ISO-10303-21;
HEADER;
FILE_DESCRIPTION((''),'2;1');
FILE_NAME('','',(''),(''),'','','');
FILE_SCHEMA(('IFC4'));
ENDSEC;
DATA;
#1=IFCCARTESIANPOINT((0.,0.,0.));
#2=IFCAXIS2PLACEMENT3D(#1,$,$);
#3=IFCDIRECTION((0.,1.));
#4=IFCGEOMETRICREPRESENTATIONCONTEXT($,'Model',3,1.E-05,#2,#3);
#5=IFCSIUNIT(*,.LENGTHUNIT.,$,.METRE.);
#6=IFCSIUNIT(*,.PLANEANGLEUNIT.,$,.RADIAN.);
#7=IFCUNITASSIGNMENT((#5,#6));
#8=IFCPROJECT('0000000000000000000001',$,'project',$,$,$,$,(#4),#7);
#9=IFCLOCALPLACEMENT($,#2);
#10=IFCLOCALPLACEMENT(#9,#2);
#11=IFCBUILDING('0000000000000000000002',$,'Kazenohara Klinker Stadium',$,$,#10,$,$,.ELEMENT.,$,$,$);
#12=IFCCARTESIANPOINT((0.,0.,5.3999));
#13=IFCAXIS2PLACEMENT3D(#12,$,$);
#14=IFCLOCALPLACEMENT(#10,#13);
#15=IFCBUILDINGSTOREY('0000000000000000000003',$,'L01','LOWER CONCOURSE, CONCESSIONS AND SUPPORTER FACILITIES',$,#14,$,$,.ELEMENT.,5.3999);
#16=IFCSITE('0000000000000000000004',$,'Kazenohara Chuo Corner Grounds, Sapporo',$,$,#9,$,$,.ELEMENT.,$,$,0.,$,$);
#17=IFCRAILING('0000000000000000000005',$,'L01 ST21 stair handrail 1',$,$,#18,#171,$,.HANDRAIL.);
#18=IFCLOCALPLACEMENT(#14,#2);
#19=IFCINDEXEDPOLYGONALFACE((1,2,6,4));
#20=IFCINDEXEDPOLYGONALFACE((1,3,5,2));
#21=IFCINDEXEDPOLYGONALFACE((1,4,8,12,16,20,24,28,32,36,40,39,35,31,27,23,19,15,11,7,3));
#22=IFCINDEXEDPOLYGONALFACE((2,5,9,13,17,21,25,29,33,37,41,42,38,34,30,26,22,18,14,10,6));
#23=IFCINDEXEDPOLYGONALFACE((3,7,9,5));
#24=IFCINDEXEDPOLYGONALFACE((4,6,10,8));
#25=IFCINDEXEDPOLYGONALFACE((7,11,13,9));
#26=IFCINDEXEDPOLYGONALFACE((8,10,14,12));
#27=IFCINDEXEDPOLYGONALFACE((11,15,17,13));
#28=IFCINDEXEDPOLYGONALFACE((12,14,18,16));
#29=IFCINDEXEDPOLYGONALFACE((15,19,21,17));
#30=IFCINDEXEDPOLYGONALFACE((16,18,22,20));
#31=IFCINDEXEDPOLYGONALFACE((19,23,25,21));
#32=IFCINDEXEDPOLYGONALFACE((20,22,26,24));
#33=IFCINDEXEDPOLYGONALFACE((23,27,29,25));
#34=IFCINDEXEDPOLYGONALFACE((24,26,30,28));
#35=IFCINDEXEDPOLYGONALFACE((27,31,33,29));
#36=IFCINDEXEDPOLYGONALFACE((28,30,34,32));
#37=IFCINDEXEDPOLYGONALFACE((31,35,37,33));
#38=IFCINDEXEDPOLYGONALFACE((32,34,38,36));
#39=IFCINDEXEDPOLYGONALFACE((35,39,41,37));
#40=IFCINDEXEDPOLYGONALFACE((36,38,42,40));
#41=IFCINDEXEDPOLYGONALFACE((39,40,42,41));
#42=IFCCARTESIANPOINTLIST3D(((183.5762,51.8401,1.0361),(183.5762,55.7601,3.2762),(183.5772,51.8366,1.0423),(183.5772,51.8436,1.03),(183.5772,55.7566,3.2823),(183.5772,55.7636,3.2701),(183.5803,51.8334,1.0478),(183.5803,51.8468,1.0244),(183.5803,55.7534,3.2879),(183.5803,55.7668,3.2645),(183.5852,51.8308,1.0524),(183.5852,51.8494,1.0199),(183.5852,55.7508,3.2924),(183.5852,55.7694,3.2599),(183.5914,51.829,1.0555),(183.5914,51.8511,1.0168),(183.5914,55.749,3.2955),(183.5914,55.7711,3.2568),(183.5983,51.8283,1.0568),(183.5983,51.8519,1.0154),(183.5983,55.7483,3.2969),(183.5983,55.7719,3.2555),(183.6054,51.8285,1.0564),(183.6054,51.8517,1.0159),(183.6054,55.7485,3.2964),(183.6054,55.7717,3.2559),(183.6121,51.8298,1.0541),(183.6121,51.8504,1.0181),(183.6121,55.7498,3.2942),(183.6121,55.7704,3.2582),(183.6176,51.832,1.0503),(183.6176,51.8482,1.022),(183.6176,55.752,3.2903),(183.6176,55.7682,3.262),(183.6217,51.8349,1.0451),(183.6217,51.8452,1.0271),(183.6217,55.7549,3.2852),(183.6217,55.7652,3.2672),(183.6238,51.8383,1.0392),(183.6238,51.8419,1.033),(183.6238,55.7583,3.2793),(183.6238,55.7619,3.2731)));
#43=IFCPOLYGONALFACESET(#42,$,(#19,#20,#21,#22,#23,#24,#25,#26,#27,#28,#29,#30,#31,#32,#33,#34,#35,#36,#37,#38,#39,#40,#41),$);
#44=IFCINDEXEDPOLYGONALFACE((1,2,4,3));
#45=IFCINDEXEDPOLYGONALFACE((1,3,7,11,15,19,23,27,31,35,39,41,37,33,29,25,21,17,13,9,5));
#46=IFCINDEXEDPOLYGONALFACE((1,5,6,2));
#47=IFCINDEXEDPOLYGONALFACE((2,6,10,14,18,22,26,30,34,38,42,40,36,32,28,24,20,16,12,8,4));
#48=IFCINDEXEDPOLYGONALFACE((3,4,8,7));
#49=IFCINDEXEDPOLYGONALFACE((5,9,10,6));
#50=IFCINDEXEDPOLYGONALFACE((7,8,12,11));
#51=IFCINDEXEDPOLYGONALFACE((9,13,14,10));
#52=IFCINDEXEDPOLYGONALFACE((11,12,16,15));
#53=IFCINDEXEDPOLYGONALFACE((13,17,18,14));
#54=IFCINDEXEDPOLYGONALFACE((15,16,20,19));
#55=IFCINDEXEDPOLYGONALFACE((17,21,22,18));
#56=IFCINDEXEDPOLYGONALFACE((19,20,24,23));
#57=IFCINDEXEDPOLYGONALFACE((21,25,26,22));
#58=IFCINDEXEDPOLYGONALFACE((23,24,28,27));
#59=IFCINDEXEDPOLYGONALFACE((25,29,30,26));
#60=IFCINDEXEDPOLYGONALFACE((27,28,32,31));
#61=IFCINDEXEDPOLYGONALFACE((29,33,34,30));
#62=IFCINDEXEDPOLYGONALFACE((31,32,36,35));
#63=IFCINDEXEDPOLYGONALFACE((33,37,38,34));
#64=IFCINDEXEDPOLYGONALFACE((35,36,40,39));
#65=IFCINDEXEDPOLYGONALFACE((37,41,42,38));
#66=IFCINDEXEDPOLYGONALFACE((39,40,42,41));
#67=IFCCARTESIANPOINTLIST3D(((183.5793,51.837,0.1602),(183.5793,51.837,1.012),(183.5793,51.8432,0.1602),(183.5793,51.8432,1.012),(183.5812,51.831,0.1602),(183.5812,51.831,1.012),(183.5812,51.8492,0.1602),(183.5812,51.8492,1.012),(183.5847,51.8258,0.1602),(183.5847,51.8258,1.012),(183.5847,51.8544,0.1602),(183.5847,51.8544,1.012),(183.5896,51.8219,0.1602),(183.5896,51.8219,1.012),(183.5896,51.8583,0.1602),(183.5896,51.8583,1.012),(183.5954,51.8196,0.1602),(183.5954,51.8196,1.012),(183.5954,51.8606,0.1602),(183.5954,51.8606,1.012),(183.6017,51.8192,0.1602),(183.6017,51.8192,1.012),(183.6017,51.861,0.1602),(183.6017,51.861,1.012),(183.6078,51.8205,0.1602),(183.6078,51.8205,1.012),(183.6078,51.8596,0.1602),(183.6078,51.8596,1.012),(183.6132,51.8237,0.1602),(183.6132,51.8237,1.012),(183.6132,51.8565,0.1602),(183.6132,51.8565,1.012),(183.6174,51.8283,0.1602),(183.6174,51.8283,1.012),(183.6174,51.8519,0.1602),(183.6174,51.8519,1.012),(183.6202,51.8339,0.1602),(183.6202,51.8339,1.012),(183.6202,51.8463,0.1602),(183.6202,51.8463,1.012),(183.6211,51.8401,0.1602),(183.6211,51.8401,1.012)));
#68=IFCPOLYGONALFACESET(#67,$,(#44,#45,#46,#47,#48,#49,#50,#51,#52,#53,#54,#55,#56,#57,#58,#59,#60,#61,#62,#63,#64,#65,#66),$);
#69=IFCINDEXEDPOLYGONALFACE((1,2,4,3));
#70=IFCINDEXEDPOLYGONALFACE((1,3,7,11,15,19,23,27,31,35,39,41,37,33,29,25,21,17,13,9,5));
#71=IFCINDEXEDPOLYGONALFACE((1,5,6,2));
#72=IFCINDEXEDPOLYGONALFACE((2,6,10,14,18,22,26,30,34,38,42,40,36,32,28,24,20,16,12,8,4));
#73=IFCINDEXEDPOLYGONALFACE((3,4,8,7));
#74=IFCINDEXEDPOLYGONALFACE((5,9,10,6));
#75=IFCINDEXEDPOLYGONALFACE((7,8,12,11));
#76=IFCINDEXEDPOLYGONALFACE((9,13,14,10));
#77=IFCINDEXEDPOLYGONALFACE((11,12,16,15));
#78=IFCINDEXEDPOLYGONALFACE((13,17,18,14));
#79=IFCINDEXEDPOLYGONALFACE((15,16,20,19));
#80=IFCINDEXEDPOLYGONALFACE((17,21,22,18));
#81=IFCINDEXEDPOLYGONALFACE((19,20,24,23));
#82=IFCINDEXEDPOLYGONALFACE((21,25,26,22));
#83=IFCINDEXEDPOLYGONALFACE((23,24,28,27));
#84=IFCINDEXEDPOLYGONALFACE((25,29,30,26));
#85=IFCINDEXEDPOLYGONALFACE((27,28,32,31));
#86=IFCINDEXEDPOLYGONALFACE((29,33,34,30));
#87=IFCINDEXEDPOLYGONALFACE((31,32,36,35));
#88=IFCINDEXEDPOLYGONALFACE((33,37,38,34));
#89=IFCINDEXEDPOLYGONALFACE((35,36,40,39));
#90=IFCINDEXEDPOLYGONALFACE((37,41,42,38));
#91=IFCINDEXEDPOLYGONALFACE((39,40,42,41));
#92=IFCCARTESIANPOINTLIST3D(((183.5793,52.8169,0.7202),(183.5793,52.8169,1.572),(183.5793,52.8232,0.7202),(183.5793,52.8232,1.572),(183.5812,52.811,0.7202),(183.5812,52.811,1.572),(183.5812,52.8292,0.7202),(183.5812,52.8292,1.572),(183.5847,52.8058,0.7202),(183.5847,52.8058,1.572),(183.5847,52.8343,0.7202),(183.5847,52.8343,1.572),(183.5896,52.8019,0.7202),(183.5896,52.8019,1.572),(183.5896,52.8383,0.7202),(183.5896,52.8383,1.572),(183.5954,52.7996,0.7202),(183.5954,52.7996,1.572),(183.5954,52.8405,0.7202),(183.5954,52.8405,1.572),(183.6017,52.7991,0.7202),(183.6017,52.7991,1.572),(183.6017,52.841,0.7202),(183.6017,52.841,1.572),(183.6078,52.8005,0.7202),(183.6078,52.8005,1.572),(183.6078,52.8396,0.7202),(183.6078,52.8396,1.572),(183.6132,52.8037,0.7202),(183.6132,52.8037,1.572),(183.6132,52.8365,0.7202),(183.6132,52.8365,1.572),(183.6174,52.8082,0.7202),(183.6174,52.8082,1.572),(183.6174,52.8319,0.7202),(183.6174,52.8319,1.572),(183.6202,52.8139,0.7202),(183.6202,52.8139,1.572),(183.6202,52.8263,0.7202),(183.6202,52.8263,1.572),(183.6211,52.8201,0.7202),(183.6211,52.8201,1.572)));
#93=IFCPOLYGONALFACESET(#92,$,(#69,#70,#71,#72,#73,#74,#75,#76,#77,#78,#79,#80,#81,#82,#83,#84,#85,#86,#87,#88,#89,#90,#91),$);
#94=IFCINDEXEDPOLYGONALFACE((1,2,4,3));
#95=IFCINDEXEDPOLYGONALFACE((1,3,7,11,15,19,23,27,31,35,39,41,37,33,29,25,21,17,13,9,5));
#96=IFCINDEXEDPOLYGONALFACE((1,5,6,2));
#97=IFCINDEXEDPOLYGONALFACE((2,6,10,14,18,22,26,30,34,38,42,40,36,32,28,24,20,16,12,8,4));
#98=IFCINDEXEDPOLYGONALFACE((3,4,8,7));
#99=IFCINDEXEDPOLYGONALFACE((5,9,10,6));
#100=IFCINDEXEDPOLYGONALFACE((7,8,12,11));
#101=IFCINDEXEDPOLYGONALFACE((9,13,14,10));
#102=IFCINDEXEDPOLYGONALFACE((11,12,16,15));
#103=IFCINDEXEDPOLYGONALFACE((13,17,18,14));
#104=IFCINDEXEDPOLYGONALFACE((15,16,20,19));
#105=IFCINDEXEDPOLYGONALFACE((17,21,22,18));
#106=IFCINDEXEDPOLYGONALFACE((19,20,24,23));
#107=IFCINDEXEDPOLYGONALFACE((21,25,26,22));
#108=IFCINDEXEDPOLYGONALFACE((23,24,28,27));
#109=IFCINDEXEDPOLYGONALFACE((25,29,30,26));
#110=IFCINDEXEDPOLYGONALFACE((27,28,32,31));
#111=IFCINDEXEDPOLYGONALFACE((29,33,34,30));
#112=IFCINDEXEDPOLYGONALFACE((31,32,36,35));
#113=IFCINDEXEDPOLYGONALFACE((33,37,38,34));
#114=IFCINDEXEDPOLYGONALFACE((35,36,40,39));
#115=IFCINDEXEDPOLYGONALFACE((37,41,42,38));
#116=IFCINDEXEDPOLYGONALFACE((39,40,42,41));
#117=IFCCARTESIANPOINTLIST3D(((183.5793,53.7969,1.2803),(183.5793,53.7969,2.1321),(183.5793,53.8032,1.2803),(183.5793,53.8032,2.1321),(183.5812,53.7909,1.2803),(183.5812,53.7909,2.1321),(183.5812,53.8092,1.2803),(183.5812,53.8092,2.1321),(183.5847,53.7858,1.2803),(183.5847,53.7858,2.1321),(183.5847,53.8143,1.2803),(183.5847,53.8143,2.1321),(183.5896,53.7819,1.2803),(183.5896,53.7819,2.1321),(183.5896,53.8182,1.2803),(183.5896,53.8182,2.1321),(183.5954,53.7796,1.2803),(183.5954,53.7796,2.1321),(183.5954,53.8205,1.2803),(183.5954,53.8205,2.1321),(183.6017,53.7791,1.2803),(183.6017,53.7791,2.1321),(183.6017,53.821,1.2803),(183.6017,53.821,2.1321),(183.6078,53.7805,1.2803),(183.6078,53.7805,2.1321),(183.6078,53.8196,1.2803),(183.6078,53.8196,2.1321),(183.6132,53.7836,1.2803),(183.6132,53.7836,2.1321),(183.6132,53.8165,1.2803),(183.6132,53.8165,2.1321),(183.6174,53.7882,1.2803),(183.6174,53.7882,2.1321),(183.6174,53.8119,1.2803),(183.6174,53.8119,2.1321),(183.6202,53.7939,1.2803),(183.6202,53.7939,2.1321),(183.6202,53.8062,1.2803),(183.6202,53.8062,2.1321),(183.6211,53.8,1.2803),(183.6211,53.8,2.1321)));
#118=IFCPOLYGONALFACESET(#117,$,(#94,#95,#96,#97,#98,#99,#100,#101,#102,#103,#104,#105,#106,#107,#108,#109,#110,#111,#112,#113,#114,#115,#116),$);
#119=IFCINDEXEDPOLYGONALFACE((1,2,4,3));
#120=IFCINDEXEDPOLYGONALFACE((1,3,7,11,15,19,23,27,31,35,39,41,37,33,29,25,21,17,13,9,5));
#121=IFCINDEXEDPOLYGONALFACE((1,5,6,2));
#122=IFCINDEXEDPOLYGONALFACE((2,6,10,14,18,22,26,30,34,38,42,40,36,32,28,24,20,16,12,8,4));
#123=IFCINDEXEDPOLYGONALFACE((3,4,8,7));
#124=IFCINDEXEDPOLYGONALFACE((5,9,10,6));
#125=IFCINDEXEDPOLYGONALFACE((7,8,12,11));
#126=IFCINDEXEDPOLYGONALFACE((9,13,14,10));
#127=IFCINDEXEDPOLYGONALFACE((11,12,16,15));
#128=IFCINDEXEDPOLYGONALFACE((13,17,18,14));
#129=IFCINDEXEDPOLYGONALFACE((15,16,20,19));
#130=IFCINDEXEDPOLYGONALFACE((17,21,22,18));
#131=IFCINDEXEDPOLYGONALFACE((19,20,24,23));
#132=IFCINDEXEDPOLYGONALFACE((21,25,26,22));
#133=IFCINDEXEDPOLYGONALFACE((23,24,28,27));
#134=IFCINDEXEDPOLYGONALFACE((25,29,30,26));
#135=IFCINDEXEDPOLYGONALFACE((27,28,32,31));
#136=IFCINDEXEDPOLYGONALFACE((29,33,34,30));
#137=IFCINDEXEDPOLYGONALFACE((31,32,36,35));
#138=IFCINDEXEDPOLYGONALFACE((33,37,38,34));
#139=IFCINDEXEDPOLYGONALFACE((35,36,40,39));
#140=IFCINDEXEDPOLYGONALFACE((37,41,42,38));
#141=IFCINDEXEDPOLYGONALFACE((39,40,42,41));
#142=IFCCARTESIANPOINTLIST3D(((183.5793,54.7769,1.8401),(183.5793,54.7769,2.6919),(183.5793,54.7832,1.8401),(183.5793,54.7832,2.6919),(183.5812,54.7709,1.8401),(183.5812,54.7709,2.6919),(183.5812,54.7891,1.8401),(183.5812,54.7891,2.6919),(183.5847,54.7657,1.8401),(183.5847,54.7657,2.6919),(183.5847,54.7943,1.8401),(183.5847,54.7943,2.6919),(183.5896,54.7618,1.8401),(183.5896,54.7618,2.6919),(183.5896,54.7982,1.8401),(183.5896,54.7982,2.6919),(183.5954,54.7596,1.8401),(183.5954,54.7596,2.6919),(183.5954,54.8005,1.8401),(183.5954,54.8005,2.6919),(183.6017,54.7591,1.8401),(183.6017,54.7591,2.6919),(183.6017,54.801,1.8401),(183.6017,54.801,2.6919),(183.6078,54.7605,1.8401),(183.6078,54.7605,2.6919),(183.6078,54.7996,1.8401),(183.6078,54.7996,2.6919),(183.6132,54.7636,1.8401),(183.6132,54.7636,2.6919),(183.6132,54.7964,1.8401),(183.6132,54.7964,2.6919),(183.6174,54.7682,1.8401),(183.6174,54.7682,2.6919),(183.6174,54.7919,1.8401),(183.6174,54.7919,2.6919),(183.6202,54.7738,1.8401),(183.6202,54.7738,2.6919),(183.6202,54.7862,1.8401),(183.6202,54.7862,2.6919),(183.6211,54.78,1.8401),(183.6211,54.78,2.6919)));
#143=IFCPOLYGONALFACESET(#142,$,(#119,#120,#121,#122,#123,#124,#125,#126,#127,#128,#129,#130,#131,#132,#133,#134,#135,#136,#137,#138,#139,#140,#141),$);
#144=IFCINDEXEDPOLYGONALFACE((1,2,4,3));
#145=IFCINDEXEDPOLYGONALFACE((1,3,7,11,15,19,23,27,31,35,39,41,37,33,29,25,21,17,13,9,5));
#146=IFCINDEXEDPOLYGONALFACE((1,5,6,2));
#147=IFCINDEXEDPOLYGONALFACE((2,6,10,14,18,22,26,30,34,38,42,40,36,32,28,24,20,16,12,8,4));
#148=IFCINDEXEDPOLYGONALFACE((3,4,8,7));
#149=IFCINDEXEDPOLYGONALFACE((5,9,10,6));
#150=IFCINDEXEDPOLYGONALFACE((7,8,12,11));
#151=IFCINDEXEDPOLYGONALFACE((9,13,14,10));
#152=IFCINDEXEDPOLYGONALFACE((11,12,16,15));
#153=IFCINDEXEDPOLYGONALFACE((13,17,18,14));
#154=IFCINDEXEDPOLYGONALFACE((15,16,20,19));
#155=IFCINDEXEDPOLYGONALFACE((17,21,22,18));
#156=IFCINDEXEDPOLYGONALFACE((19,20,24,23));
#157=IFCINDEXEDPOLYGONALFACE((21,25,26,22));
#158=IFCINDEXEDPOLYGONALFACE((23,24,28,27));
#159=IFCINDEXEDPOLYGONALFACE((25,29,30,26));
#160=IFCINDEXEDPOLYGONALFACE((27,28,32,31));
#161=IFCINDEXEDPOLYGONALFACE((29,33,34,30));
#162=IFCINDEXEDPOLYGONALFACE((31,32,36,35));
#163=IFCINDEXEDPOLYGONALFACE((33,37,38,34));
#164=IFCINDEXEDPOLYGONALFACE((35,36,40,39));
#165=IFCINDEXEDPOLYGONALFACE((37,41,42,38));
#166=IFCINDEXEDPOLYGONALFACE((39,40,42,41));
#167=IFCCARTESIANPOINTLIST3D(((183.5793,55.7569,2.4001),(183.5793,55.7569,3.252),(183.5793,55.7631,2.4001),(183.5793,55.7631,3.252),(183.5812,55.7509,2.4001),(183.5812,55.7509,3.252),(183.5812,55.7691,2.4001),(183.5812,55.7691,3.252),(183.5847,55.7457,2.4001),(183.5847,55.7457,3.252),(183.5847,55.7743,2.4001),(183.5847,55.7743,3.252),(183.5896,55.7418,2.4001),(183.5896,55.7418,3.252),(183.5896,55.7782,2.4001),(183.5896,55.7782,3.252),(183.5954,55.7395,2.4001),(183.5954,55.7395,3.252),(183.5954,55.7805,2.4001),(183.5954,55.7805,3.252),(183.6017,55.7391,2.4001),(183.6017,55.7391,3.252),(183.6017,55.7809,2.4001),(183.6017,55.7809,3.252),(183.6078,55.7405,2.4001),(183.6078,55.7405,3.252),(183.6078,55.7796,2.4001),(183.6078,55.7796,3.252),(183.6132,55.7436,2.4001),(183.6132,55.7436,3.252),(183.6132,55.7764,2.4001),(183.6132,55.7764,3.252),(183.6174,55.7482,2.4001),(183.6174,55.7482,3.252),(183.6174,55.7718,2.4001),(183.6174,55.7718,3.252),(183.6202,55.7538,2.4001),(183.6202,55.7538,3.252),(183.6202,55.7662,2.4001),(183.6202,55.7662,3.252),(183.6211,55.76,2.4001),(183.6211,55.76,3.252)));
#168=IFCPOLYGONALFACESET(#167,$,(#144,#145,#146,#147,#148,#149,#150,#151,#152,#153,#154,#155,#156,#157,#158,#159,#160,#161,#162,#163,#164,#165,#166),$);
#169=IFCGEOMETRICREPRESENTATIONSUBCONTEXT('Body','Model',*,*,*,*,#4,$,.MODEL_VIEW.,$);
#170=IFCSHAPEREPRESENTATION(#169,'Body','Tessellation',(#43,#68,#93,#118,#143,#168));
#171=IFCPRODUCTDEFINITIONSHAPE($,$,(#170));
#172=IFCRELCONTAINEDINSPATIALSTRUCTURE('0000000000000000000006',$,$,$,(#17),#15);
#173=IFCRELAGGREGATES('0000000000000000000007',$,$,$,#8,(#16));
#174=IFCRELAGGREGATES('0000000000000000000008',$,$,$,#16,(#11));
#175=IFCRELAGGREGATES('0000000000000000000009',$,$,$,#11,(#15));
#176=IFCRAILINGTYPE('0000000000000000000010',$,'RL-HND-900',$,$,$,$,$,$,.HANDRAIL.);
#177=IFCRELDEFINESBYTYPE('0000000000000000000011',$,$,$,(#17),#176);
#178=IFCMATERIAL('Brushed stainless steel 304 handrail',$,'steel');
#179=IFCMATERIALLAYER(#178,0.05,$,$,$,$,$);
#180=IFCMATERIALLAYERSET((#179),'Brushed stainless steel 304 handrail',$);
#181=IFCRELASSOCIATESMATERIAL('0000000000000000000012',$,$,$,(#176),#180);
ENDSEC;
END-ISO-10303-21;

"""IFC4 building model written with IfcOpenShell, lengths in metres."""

from ifc_helpers import new_model, si_unit, direction, frame, origin, origin_2d, place, context, subcontext, project, spatial, circle, extrude, material, layer, layer_set, type_object, element, save


model = new_model("IFC4")

# Units and contexts
model_context = context("Model", 3, precision=1e-05, world=origin(), true_north=direction((0.0, 1.0)))
body_context = subcontext(model_context, "Body", "Model", "MODEL_VIEW")
ifc_project = project(units=[si_unit("LENGTHUNIT", "METRE"), si_unit("PLANEANGLEUNIT", "RADIAN")], contexts=[model_context])

# Site, building, storey
site_placement = place(None, origin())
site = spatial("IfcSite", under=ifc_project, at=site_placement, Name="Kazenohara Chuo Corner Grounds, Sapporo", CompositionType="ELEMENT", RefElevation=0.0)
building_placement = place(site_placement, origin())
building = spatial("IfcBuilding", under=site, at=building_placement, Name="Kazenohara Klinker Stadium", CompositionType="ELEMENT")
storey_placement = place(building_placement, frame((0.0, 0.0, 5.3999)))
storey = spatial("IfcBuildingStorey", under=building, at=storey_placement, Name="L01", Description="LOWER CONCOURSE, CONCESSIONS AND SUPPORTER FACILITIES", CompositionType="ELEMENT", Elevation=5.3999)

# Railing
ifc_material_1 = material(Name="Brushed stainless steel 304 handrail", Category="steel")
ifc_layer_1 = layer(ifc_material_1, 0.05)
ifc_layer_set_1 = layer_set([ifc_layer_1], Name="Brushed stainless steel 304 handrail")
railing_type_1 = type_object("IfcRailingType", Name="RL-HND-900", PredefinedType="HANDRAIL", material=ifc_layer_set_1)
railing_1_placement = place(storey_placement, frame((183.6001, 51.8401, 0.1602)))
element("IfcRailing", 1, at=railing_1_placement, inside=storey, type_object=railing_type_1, Name="L01 ST21 stair handrail 1", PredefinedType="HANDRAIL", context=body_context, shape_type="SweptSolid", body=[
    extrude(circle(Radius=0.0239, at=origin_2d()), frame((0.0, 0.0, 0.876), z_axis=(0.0, 0.86824, 0.496145), x_axis=(-1.0, 0.0, 0.0)), (0.0, 0.0, 1.0), 4.5149),
    extrude(circle(Radius=0.021, at=origin_2d()), origin(), (0.0, 0.0, 1.0), 0.8518),
    extrude(circle(Radius=0.021, at=origin_2d()), frame((0.0, 0.98, 0.5601)), (0.0, 0.0, 1.0), 0.8518),
    extrude(circle(Radius=0.021, at=origin_2d()), frame((0.0, 1.96, 1.1201)), (0.0, 0.0, 1.0), 0.8518),
    extrude(circle(Radius=0.021, at=origin_2d()), frame((0.0, 2.9399, 1.6799)), (0.0, 0.0, 1.0), 0.8518),
    extrude(circle(Radius=0.021, at=origin_2d()), frame((0.0, 3.9199, 2.24)), (0.0, 0.0, 1.0), 0.8518),
])

save(model, "model.ifc")
